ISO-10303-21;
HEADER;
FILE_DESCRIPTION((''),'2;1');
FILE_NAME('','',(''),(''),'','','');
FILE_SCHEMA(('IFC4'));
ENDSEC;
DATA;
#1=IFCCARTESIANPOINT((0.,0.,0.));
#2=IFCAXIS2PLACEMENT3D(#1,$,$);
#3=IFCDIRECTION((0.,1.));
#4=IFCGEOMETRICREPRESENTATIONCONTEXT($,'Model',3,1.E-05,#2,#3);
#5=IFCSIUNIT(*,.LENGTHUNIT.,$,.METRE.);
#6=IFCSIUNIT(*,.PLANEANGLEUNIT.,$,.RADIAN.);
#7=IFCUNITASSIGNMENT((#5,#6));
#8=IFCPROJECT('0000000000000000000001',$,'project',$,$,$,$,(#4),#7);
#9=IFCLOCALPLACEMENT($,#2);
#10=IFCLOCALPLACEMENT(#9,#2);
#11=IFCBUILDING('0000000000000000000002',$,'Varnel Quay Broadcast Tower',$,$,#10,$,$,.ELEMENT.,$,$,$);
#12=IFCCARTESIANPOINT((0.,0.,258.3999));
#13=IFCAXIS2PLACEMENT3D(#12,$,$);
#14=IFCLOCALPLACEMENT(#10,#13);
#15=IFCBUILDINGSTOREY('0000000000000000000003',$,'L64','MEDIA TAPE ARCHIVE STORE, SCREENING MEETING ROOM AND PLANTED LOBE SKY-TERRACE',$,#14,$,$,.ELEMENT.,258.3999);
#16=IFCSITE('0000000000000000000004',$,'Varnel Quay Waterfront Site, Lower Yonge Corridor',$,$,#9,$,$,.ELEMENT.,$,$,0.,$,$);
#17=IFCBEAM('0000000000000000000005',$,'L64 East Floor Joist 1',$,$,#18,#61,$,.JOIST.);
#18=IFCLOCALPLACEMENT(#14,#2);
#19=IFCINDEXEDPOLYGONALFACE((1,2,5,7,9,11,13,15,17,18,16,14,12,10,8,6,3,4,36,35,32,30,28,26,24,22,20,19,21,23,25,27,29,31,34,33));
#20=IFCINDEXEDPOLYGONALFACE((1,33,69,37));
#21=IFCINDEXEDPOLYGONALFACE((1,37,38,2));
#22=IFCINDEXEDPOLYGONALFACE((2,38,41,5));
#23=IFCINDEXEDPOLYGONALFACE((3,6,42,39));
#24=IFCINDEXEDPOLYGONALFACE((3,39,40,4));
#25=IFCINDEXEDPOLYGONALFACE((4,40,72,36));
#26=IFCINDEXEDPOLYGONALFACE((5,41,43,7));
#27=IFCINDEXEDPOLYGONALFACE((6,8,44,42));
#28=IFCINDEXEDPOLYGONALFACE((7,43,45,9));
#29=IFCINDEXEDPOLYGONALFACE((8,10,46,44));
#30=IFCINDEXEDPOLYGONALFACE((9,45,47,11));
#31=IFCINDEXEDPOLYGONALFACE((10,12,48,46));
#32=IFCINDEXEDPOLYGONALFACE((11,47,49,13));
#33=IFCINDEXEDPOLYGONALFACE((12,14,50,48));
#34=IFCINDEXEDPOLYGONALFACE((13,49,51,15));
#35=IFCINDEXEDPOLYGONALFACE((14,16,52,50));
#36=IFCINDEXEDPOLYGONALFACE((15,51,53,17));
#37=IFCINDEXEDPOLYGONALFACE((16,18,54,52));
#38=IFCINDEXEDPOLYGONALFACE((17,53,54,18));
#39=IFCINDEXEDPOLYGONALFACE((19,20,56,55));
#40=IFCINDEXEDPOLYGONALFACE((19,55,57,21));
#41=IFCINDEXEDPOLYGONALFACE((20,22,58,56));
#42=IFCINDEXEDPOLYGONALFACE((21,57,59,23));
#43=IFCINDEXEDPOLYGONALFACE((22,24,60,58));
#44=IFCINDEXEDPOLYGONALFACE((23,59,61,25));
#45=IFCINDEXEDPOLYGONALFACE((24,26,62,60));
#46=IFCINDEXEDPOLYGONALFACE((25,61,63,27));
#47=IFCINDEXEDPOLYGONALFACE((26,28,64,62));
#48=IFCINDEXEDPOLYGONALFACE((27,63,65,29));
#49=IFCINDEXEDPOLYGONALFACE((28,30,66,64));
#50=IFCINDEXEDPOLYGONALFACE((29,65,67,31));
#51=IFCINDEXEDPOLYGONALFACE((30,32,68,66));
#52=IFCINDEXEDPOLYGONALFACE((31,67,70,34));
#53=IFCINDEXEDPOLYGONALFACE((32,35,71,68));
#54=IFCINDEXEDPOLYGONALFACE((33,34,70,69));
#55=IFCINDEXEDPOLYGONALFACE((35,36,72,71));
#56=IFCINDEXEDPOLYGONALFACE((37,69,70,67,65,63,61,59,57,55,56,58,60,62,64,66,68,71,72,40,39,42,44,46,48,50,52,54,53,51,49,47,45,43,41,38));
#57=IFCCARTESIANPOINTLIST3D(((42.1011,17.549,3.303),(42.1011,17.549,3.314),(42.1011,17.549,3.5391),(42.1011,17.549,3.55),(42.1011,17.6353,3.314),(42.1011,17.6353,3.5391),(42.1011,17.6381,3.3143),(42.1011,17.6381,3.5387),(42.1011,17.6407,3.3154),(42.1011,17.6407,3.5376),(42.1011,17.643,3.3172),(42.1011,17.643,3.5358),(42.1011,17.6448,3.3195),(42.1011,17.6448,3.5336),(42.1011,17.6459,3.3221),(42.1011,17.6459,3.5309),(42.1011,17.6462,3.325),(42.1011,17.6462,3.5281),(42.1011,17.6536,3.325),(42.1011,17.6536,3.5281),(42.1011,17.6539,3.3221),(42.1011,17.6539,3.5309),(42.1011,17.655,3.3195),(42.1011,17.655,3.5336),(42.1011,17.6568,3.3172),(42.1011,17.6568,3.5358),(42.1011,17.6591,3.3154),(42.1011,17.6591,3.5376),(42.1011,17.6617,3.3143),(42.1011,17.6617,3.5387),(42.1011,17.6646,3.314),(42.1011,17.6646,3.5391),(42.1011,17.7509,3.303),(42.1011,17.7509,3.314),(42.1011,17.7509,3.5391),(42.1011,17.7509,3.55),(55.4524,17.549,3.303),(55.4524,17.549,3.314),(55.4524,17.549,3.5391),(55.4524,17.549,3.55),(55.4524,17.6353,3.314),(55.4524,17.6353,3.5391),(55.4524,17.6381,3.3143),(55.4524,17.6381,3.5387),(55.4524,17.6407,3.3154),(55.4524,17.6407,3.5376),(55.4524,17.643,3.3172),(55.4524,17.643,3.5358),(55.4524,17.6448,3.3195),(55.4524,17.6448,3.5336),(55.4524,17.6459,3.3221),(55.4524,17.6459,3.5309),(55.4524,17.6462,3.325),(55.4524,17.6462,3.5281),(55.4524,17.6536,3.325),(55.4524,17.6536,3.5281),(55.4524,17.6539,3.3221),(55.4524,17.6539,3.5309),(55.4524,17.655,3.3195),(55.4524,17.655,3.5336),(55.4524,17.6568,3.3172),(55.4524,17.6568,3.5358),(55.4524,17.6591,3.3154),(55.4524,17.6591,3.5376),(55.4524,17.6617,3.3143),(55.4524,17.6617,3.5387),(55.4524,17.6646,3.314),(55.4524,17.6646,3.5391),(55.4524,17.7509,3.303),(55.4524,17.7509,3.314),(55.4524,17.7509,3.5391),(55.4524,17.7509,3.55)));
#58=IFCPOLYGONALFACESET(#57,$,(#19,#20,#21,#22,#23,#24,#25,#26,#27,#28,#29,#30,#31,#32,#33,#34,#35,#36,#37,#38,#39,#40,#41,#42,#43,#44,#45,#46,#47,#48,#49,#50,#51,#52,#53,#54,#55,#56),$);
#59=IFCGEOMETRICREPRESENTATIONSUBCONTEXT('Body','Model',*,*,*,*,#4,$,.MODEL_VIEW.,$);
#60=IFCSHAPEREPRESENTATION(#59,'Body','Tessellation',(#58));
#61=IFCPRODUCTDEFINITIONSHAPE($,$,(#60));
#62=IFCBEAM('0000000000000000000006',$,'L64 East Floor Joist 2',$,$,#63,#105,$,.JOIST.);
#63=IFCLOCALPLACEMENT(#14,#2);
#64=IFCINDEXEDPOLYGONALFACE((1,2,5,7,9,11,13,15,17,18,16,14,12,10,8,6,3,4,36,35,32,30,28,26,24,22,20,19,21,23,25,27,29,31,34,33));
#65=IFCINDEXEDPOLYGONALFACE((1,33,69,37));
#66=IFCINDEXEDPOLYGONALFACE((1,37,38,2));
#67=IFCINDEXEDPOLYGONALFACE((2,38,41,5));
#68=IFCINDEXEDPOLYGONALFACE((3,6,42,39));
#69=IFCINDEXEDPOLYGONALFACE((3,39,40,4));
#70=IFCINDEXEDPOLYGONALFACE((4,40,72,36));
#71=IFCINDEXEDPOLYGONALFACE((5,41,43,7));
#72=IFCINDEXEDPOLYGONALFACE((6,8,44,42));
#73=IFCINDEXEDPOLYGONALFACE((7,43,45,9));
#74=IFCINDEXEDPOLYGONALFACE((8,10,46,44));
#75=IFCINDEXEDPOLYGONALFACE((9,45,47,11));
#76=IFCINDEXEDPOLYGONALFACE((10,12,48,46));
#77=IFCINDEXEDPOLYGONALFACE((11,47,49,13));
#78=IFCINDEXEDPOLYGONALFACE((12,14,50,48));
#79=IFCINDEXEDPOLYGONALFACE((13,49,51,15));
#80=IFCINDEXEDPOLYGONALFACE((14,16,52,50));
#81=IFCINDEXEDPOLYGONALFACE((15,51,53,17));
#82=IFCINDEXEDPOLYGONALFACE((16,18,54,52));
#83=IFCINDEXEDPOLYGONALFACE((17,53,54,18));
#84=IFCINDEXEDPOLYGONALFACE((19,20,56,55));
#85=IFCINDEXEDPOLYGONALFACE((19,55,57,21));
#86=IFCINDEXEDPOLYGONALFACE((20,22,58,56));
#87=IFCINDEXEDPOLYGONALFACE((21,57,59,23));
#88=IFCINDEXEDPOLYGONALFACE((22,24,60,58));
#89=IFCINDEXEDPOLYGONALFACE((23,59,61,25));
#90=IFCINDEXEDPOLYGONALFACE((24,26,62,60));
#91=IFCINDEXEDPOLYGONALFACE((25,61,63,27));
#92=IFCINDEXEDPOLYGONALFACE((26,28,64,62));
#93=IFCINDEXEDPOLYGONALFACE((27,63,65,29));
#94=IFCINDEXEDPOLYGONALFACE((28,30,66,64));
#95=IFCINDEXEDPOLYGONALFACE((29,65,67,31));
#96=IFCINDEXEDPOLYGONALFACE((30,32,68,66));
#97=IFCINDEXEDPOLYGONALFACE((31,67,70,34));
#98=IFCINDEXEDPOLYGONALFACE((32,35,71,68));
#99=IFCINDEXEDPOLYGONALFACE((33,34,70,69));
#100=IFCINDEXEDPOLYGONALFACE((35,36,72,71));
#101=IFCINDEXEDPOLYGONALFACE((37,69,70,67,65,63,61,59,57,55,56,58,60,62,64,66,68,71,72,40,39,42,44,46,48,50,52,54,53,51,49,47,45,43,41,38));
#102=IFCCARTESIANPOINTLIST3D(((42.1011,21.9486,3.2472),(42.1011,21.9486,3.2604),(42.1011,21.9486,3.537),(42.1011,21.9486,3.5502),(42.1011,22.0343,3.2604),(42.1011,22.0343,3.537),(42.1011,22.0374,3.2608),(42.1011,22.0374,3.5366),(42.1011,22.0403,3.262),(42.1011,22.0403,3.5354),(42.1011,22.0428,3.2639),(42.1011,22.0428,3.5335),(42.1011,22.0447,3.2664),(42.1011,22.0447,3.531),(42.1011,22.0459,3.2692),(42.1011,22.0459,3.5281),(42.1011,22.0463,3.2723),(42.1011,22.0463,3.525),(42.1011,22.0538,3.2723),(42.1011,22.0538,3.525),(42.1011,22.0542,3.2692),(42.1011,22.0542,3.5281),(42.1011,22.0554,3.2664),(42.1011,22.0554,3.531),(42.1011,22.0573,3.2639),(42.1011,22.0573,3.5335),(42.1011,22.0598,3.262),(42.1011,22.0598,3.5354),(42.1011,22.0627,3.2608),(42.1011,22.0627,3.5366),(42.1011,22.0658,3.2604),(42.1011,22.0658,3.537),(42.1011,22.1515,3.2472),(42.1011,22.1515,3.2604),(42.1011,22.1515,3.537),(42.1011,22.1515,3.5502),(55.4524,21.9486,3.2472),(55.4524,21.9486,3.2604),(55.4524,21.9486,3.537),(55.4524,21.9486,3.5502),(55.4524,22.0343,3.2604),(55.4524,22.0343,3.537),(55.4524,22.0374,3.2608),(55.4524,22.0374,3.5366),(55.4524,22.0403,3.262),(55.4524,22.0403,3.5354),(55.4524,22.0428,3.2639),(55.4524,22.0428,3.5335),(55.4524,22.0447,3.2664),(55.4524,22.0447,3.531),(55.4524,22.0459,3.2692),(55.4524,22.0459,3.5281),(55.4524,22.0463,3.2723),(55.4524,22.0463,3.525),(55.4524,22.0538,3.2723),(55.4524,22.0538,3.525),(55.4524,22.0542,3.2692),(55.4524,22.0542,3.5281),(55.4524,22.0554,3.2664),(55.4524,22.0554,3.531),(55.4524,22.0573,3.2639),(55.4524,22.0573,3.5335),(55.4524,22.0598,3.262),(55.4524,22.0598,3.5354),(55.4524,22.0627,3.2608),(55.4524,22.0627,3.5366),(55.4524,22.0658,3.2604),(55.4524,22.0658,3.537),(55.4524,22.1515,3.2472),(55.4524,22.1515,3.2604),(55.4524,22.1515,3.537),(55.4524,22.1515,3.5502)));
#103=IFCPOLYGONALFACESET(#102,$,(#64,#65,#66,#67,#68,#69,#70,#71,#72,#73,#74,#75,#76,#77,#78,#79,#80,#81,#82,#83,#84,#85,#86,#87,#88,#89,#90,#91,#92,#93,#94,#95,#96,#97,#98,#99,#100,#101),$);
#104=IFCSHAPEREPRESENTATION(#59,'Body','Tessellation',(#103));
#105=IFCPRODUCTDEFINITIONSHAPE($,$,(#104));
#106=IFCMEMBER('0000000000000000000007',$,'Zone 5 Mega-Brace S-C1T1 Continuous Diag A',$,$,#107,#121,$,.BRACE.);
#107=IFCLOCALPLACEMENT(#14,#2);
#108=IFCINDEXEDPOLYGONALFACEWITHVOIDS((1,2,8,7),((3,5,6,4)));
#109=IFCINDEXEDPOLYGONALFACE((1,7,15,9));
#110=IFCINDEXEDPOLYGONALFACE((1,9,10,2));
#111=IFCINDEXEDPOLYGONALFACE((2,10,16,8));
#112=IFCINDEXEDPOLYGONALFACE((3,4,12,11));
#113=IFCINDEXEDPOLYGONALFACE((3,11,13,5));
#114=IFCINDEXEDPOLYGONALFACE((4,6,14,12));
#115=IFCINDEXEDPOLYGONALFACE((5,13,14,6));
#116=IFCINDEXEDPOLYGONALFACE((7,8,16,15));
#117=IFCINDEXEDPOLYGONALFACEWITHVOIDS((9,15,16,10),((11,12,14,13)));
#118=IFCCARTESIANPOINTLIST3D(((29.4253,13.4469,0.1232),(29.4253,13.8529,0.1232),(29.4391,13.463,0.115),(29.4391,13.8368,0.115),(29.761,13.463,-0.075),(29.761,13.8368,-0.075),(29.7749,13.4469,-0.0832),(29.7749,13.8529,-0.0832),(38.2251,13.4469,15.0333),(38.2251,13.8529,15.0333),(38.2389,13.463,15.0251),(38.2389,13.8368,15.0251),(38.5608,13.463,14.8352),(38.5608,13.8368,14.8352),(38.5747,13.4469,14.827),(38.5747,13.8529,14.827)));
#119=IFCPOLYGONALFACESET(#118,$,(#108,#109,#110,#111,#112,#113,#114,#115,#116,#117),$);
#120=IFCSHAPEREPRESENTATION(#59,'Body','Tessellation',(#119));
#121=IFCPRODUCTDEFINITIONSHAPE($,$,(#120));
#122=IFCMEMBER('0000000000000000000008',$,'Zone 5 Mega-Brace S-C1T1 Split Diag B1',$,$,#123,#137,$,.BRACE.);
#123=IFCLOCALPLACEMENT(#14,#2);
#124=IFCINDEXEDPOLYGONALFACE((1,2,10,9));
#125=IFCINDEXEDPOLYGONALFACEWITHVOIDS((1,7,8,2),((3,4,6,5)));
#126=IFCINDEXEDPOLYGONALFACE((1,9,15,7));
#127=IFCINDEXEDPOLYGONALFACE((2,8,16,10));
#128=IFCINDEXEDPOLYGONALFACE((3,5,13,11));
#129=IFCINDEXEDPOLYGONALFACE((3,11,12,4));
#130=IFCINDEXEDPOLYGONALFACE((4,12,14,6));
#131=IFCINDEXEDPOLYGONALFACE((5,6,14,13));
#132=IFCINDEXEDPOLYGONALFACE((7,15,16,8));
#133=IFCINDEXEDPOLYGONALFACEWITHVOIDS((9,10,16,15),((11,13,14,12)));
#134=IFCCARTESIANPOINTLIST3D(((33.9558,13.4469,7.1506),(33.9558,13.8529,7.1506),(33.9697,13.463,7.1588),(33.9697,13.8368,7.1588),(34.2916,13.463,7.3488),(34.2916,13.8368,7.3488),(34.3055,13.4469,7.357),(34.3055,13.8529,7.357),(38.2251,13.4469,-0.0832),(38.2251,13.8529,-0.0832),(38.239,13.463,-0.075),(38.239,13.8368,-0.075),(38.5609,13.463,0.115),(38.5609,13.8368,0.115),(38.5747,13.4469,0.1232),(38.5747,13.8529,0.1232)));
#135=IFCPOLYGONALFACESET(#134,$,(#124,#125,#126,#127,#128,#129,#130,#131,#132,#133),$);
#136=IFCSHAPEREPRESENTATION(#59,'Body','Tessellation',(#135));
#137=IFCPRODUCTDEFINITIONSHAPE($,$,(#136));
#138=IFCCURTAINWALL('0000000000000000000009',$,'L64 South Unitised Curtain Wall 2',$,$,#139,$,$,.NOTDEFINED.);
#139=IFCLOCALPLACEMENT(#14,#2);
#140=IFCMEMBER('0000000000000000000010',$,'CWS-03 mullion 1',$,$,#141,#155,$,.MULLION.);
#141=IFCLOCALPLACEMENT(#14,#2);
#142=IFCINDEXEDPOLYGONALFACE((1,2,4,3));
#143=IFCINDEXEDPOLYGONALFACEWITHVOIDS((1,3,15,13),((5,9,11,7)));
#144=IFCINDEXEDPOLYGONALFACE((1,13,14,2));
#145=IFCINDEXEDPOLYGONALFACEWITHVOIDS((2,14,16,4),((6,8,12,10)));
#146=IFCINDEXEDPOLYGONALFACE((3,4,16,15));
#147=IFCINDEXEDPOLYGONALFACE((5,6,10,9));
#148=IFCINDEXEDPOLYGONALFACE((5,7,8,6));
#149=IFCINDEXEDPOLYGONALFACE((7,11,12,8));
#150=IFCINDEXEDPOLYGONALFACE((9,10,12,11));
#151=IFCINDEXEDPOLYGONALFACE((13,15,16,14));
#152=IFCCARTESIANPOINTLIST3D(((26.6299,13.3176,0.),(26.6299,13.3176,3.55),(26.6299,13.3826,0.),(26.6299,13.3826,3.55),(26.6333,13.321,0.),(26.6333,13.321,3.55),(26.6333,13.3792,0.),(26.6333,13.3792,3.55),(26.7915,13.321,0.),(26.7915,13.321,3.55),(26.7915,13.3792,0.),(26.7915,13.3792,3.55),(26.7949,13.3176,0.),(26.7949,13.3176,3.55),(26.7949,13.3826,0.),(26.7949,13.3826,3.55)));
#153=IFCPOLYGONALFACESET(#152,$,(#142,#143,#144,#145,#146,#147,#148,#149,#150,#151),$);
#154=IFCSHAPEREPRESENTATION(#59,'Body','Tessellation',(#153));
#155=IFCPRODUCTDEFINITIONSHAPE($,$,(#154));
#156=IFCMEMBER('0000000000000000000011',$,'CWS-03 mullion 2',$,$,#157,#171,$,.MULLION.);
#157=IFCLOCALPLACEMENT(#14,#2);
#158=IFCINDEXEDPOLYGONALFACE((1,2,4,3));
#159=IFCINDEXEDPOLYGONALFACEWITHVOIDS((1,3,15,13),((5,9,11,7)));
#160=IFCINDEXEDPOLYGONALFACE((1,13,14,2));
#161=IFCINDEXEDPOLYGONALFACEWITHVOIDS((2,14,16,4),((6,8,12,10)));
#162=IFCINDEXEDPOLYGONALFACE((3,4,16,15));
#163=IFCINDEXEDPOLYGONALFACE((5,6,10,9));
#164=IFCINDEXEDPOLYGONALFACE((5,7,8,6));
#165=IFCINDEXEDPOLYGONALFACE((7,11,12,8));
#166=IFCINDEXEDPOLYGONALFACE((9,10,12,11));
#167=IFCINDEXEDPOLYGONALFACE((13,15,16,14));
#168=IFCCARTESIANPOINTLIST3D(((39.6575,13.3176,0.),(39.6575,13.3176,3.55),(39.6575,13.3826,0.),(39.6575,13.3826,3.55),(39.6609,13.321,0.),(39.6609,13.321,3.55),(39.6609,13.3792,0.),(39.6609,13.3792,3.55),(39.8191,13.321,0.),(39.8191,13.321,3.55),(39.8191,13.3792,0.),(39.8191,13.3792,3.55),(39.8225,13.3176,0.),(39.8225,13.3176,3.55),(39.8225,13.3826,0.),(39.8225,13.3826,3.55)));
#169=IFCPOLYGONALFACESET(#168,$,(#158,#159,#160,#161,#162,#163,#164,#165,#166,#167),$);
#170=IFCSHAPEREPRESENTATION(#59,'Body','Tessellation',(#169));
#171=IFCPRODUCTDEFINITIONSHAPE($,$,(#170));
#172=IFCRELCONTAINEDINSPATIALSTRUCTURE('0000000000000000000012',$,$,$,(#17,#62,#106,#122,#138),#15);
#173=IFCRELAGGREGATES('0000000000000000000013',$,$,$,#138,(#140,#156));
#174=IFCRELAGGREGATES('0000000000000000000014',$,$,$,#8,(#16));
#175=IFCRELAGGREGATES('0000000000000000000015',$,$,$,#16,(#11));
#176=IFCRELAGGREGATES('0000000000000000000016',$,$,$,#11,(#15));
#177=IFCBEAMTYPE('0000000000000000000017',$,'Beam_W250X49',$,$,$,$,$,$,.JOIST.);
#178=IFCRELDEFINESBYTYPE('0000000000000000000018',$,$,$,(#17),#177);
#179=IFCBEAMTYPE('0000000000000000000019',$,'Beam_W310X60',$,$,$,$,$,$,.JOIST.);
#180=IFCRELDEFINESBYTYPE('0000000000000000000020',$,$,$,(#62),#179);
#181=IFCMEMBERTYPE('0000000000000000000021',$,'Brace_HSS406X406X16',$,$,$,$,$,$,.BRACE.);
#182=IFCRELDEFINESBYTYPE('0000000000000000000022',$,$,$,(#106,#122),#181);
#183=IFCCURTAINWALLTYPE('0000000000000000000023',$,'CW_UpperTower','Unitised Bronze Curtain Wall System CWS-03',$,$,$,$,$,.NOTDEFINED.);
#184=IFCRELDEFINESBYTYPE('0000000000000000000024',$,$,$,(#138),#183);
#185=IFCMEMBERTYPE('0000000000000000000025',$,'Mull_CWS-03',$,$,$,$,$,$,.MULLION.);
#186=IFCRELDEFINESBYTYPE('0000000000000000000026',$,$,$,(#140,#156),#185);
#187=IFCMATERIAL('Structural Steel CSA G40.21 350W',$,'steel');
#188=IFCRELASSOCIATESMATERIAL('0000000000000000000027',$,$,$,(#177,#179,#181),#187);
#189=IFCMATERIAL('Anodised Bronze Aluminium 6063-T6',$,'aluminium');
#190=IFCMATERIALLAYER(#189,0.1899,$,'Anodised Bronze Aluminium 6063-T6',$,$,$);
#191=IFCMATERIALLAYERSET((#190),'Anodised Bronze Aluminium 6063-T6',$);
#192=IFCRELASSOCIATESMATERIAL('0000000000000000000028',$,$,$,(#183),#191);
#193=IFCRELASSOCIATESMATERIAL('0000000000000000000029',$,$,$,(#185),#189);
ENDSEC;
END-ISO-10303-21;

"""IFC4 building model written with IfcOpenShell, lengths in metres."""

from ifc_helpers import new_model, si_unit, direction, frame, origin, origin_2d, place, context, subcontext, project, spatial, hollow_rectangle, i_section, extrude, source, transform, mapped, material, layer, layer_set, material_profile, profile_set, type_object, type_shapes, element, aggregate, save


model = new_model("IFC4")

# Units and contexts
model_context = context("Model", 3, precision=1e-05, world=origin(), true_north=direction((0.0, 1.0)))
body_context = subcontext(model_context, "Body", "Model", "MODEL_VIEW")
ifc_project = project(units=[si_unit("LENGTHUNIT", "METRE"), si_unit("PLANEANGLEUNIT", "RADIAN")], contexts=[model_context])

# Site, building, storey
site_placement = place(None, origin())
site = spatial("IfcSite", under=ifc_project, at=site_placement, Name="Varnel Quay Waterfront Site, Lower Yonge Corridor", CompositionType="ELEMENT", RefElevation=0.0)
building_placement = place(site_placement, origin())
building = spatial("IfcBuilding", under=site, at=building_placement, Name="Varnel Quay Broadcast Tower", CompositionType="ELEMENT")
storey_placement = place(building_placement, frame((0.0, 0.0, 258.3999)))
storey = spatial("IfcBuildingStorey", under=building, at=storey_placement, Name="L64", Description="MEDIA TAPE ARCHIVE STORE, SCREENING MEETING ROOM AND PLANTED LOBE SKY-TERRACE", CompositionType="ELEMENT", Elevation=258.3999)

# Shared definitions
ifc_material_1 = material(Name="Structural Steel CSA G40.21 350W", Category="steel")

# Beams
ifc_material_profile_1 = material_profile(ifc_material_1, i_section(OverallWidth=0.2019, OverallDepth=0.2471, WebThickness=0.0073, FlangeThickness=0.011, FilletRadius=0.011, at=origin_2d()), Name="W250X49")
ifc_profile_set_1 = profile_set([ifc_material_profile_1], Name="Structural Steel CSA G40.21 350W")
beam_type_1 = type_object("IfcBeamType", Name="Beam_W250X49", PredefinedType="JOIST", material=ifc_profile_set_1)
shared_shape_1 = source(origin(), body_context, "Body", "SweptSolid", [
    extrude(i_section(OverallWidth=0.2019, OverallDepth=0.2471, WebThickness=0.0073, FlangeThickness=0.011, FilletRadius=0.011, at=origin_2d()), origin(), (0.0, 0.0, 1.0), 13.3513),
])
type_shapes(beam_type_1, [shared_shape_1])
beam_1_placement = place(storey_placement, frame((42.1011, 17.6499, 3.4265), z_axis=(1.0, 0.0, 0.0), x_axis=(0.0, 1.0, 0.0)))
element("IfcBeam", 1, at=beam_1_placement, inside=storey, type_object=beam_type_1, Name="L64 East Floor Joist 1", PredefinedType="JOIST", context=body_context, shape_type="MappedRepresentation", body=[
    mapped(shared_shape_1, transform((0.0, 0.0, 0.0), x_axis=(1.0, 0.0, 0.0), y_axis=(0.0, 1.0, 0.0), z_axis=(0.0, 0.0, 1.0), scale=1.0)),
])
ifc_material_profile_2 = material_profile(ifc_material_1, i_section(OverallWidth=0.2029, OverallDepth=0.303, WebThickness=0.0076, FlangeThickness=0.0132, FilletRadius=0.012, at=origin_2d()), Name="W310X60")
ifc_profile_set_2 = profile_set([ifc_material_profile_2], Name="Structural Steel CSA G40.21 350W")
beam_type_2 = type_object("IfcBeamType", Name="Beam_W310X60", PredefinedType="JOIST", material=ifc_profile_set_2)
shared_shape_2 = source(origin(), body_context, "Body", "SweptSolid", [
    extrude(i_section(OverallWidth=0.2029, OverallDepth=0.303, WebThickness=0.0076, FlangeThickness=0.0132, FilletRadius=0.012, at=origin_2d()), origin(), (0.0, 0.0, 1.0), 13.3513),
])
type_shapes(beam_type_2, [shared_shape_2])
beam_2_placement = place(storey_placement, frame((42.1011, 22.05, 3.3987), z_axis=(1.0, 0.0, 0.0), x_axis=(0.0, 1.0, 0.0)))
element("IfcBeam", 2, at=beam_2_placement, inside=storey, type_object=beam_type_2, Name="L64 East Floor Joist 2", PredefinedType="JOIST", context=body_context, shape_type="MappedRepresentation", body=[
    mapped(shared_shape_2, transform((0.0, 0.0, 0.0), x_axis=(1.0, 0.0, 0.0), y_axis=(0.0, 1.0, 0.0), z_axis=(0.0, 0.0, 1.0), scale=1.0)),
])

# Members
ifc_material_profile_3 = material_profile(ifc_material_1, hollow_rectangle(XDim=0.406, YDim=0.406, WallThickness=0.0161, at=origin_2d()), Name="HSS406X406X16")
ifc_profile_set_3 = profile_set([ifc_material_profile_3], Name="Structural Steel CSA G40.21 350W")
member_type_1 = type_object("IfcMemberType", Name="Brace_HSS406X406X16", PredefinedType="BRACE", material=ifc_profile_set_3)
shared_shape_3 = source(origin(), body_context, "Body", "SweptSolid", [
    extrude(hollow_rectangle(XDim=0.406, YDim=0.406, WallThickness=0.0161, at=origin_2d()), origin(), (0.0, 0.0, 1.0), 17.3132),
])
member_1_placement = place(storey_placement, frame((29.6001, 13.6499, 0.02), z_axis=(0.508269, 0.0, 0.861198), x_axis=(0.0, 1.0, 0.0)))
element("IfcMember", 3, at=member_1_placement, inside=storey, type_object=member_type_1, Name="Zone 5 Mega-Brace S-C1T1 Continuous Diag A", PredefinedType="BRACE", context=body_context, shape_type="MappedRepresentation", body=[
    mapped(shared_shape_3, transform((0.0, 0.0, 0.0), x_axis=(1.0, 0.0, 0.0), y_axis=(0.0, 1.0, 0.0), z_axis=(0.0, 0.0, 1.0), scale=1.0)),
])
shared_shape_4 = source(origin(), body_context, "Body", "SweptSolid", [
    extrude(hollow_rectangle(XDim=0.406, YDim=0.406, WallThickness=0.0161, at=origin_2d()), origin(), (0.0, 0.0, 1.0), 8.3997),
])
type_shapes(member_type_1, [shared_shape_3, shared_shape_4])
member_2_placement = place(storey_placement, frame((38.3999, 13.6499, 0.02), z_axis=(-0.508263, 0.0, 0.861202), x_axis=(0.0, -1.0, 0.0)))
element("IfcMember", 4, at=member_2_placement, inside=storey, type_object=member_type_1, Name="Zone 5 Mega-Brace S-C1T1 Split Diag B1", PredefinedType="BRACE", context=body_context, shape_type="MappedRepresentation", body=[
    mapped(shared_shape_4, transform((0.0, 0.0, 0.0), x_axis=(1.0, 0.0, 0.0), y_axis=(0.0, 1.0, 0.0), z_axis=(0.0, 0.0, 1.0), scale=1.0)),
])

# Curtain wall, members
ifc_material_2 = material(Name="Anodised Bronze Aluminium 6063-T6", Category="aluminium")
ifc_layer_1 = layer(ifc_material_2, 0.1899, Name="Anodised Bronze Aluminium 6063-T6")
ifc_layer_set_1 = layer_set([ifc_layer_1], Name="Anodised Bronze Aluminium 6063-T6")
curtain_wall_type = type_object("IfcCurtainWallType", Name="CW_UpperTower", Description="Unitised Bronze Curtain Wall System CWS-03", PredefinedType="NOTDEFINED", material=ifc_layer_set_1)
curtain_wall_placement = place(storey_placement, origin())
curtain_wall = element("IfcCurtainWall", 5, at=curtain_wall_placement, inside=storey, type_object=curtain_wall_type, Name="L64 South Unitised Curtain Wall 2", PredefinedType="NOTDEFINED")
ifc_material_profile_4 = material_profile(ifc_material_2, hollow_rectangle(XDim=0.0649, YDim=0.165, WallThickness=0.0034, at=origin_2d()), Name="ALU65X165X3.5")
ifc_profile_set_4 = profile_set([ifc_material_profile_4], Name="Anodised Bronze Aluminium 6063-T6")
member_type_2 = type_object("IfcMemberType", Name="Mull_CWS-03", PredefinedType="MULLION", material=ifc_profile_set_4)
shared_shape_5 = source(origin(), body_context, "Body", "SweptSolid", [
    extrude(hollow_rectangle(XDim=0.0649, YDim=0.165, WallThickness=0.0034, at=origin_2d()), origin(), (0.0, 0.0, 1.0), 3.55),
])
type_shapes(member_type_2, [shared_shape_5])
member_3_placement = place(storey_placement, frame((26.7124, 13.3501, 0.0), z_axis=(0.0, 0.0, 1.0), x_axis=(0.0, 1.0, 0.0)))
member_3 = element("IfcMember", 6, at=member_3_placement, type_object=member_type_2, Name="CWS-03 mullion 1", PredefinedType="MULLION", context=body_context, shape_type="MappedRepresentation", body=[
    mapped(shared_shape_5, transform((0.0, 0.0, 0.0), x_axis=(1.0, 0.0, 0.0), y_axis=(0.0, 1.0, 0.0), z_axis=(0.0, 0.0, 1.0), scale=1.0)),
])
member_4_placement = place(storey_placement, frame((39.74, 13.3501, 0.0), z_axis=(0.0, 0.0, 1.0), x_axis=(0.0, 1.0, 0.0)))
member_4 = element("IfcMember", 7, at=member_4_placement, type_object=member_type_2, Name="CWS-03 mullion 2", PredefinedType="MULLION", context=body_context, shape_type="MappedRepresentation", body=[
    mapped(shared_shape_5, transform((0.0, 0.0, 0.0), x_axis=(1.0, 0.0, 0.0), y_axis=(0.0, 1.0, 0.0), z_axis=(0.0, 0.0, 1.0), scale=1.0)),
])

aggregate(curtain_wall, [member_3, member_4])

save(model, "model.ifc")
